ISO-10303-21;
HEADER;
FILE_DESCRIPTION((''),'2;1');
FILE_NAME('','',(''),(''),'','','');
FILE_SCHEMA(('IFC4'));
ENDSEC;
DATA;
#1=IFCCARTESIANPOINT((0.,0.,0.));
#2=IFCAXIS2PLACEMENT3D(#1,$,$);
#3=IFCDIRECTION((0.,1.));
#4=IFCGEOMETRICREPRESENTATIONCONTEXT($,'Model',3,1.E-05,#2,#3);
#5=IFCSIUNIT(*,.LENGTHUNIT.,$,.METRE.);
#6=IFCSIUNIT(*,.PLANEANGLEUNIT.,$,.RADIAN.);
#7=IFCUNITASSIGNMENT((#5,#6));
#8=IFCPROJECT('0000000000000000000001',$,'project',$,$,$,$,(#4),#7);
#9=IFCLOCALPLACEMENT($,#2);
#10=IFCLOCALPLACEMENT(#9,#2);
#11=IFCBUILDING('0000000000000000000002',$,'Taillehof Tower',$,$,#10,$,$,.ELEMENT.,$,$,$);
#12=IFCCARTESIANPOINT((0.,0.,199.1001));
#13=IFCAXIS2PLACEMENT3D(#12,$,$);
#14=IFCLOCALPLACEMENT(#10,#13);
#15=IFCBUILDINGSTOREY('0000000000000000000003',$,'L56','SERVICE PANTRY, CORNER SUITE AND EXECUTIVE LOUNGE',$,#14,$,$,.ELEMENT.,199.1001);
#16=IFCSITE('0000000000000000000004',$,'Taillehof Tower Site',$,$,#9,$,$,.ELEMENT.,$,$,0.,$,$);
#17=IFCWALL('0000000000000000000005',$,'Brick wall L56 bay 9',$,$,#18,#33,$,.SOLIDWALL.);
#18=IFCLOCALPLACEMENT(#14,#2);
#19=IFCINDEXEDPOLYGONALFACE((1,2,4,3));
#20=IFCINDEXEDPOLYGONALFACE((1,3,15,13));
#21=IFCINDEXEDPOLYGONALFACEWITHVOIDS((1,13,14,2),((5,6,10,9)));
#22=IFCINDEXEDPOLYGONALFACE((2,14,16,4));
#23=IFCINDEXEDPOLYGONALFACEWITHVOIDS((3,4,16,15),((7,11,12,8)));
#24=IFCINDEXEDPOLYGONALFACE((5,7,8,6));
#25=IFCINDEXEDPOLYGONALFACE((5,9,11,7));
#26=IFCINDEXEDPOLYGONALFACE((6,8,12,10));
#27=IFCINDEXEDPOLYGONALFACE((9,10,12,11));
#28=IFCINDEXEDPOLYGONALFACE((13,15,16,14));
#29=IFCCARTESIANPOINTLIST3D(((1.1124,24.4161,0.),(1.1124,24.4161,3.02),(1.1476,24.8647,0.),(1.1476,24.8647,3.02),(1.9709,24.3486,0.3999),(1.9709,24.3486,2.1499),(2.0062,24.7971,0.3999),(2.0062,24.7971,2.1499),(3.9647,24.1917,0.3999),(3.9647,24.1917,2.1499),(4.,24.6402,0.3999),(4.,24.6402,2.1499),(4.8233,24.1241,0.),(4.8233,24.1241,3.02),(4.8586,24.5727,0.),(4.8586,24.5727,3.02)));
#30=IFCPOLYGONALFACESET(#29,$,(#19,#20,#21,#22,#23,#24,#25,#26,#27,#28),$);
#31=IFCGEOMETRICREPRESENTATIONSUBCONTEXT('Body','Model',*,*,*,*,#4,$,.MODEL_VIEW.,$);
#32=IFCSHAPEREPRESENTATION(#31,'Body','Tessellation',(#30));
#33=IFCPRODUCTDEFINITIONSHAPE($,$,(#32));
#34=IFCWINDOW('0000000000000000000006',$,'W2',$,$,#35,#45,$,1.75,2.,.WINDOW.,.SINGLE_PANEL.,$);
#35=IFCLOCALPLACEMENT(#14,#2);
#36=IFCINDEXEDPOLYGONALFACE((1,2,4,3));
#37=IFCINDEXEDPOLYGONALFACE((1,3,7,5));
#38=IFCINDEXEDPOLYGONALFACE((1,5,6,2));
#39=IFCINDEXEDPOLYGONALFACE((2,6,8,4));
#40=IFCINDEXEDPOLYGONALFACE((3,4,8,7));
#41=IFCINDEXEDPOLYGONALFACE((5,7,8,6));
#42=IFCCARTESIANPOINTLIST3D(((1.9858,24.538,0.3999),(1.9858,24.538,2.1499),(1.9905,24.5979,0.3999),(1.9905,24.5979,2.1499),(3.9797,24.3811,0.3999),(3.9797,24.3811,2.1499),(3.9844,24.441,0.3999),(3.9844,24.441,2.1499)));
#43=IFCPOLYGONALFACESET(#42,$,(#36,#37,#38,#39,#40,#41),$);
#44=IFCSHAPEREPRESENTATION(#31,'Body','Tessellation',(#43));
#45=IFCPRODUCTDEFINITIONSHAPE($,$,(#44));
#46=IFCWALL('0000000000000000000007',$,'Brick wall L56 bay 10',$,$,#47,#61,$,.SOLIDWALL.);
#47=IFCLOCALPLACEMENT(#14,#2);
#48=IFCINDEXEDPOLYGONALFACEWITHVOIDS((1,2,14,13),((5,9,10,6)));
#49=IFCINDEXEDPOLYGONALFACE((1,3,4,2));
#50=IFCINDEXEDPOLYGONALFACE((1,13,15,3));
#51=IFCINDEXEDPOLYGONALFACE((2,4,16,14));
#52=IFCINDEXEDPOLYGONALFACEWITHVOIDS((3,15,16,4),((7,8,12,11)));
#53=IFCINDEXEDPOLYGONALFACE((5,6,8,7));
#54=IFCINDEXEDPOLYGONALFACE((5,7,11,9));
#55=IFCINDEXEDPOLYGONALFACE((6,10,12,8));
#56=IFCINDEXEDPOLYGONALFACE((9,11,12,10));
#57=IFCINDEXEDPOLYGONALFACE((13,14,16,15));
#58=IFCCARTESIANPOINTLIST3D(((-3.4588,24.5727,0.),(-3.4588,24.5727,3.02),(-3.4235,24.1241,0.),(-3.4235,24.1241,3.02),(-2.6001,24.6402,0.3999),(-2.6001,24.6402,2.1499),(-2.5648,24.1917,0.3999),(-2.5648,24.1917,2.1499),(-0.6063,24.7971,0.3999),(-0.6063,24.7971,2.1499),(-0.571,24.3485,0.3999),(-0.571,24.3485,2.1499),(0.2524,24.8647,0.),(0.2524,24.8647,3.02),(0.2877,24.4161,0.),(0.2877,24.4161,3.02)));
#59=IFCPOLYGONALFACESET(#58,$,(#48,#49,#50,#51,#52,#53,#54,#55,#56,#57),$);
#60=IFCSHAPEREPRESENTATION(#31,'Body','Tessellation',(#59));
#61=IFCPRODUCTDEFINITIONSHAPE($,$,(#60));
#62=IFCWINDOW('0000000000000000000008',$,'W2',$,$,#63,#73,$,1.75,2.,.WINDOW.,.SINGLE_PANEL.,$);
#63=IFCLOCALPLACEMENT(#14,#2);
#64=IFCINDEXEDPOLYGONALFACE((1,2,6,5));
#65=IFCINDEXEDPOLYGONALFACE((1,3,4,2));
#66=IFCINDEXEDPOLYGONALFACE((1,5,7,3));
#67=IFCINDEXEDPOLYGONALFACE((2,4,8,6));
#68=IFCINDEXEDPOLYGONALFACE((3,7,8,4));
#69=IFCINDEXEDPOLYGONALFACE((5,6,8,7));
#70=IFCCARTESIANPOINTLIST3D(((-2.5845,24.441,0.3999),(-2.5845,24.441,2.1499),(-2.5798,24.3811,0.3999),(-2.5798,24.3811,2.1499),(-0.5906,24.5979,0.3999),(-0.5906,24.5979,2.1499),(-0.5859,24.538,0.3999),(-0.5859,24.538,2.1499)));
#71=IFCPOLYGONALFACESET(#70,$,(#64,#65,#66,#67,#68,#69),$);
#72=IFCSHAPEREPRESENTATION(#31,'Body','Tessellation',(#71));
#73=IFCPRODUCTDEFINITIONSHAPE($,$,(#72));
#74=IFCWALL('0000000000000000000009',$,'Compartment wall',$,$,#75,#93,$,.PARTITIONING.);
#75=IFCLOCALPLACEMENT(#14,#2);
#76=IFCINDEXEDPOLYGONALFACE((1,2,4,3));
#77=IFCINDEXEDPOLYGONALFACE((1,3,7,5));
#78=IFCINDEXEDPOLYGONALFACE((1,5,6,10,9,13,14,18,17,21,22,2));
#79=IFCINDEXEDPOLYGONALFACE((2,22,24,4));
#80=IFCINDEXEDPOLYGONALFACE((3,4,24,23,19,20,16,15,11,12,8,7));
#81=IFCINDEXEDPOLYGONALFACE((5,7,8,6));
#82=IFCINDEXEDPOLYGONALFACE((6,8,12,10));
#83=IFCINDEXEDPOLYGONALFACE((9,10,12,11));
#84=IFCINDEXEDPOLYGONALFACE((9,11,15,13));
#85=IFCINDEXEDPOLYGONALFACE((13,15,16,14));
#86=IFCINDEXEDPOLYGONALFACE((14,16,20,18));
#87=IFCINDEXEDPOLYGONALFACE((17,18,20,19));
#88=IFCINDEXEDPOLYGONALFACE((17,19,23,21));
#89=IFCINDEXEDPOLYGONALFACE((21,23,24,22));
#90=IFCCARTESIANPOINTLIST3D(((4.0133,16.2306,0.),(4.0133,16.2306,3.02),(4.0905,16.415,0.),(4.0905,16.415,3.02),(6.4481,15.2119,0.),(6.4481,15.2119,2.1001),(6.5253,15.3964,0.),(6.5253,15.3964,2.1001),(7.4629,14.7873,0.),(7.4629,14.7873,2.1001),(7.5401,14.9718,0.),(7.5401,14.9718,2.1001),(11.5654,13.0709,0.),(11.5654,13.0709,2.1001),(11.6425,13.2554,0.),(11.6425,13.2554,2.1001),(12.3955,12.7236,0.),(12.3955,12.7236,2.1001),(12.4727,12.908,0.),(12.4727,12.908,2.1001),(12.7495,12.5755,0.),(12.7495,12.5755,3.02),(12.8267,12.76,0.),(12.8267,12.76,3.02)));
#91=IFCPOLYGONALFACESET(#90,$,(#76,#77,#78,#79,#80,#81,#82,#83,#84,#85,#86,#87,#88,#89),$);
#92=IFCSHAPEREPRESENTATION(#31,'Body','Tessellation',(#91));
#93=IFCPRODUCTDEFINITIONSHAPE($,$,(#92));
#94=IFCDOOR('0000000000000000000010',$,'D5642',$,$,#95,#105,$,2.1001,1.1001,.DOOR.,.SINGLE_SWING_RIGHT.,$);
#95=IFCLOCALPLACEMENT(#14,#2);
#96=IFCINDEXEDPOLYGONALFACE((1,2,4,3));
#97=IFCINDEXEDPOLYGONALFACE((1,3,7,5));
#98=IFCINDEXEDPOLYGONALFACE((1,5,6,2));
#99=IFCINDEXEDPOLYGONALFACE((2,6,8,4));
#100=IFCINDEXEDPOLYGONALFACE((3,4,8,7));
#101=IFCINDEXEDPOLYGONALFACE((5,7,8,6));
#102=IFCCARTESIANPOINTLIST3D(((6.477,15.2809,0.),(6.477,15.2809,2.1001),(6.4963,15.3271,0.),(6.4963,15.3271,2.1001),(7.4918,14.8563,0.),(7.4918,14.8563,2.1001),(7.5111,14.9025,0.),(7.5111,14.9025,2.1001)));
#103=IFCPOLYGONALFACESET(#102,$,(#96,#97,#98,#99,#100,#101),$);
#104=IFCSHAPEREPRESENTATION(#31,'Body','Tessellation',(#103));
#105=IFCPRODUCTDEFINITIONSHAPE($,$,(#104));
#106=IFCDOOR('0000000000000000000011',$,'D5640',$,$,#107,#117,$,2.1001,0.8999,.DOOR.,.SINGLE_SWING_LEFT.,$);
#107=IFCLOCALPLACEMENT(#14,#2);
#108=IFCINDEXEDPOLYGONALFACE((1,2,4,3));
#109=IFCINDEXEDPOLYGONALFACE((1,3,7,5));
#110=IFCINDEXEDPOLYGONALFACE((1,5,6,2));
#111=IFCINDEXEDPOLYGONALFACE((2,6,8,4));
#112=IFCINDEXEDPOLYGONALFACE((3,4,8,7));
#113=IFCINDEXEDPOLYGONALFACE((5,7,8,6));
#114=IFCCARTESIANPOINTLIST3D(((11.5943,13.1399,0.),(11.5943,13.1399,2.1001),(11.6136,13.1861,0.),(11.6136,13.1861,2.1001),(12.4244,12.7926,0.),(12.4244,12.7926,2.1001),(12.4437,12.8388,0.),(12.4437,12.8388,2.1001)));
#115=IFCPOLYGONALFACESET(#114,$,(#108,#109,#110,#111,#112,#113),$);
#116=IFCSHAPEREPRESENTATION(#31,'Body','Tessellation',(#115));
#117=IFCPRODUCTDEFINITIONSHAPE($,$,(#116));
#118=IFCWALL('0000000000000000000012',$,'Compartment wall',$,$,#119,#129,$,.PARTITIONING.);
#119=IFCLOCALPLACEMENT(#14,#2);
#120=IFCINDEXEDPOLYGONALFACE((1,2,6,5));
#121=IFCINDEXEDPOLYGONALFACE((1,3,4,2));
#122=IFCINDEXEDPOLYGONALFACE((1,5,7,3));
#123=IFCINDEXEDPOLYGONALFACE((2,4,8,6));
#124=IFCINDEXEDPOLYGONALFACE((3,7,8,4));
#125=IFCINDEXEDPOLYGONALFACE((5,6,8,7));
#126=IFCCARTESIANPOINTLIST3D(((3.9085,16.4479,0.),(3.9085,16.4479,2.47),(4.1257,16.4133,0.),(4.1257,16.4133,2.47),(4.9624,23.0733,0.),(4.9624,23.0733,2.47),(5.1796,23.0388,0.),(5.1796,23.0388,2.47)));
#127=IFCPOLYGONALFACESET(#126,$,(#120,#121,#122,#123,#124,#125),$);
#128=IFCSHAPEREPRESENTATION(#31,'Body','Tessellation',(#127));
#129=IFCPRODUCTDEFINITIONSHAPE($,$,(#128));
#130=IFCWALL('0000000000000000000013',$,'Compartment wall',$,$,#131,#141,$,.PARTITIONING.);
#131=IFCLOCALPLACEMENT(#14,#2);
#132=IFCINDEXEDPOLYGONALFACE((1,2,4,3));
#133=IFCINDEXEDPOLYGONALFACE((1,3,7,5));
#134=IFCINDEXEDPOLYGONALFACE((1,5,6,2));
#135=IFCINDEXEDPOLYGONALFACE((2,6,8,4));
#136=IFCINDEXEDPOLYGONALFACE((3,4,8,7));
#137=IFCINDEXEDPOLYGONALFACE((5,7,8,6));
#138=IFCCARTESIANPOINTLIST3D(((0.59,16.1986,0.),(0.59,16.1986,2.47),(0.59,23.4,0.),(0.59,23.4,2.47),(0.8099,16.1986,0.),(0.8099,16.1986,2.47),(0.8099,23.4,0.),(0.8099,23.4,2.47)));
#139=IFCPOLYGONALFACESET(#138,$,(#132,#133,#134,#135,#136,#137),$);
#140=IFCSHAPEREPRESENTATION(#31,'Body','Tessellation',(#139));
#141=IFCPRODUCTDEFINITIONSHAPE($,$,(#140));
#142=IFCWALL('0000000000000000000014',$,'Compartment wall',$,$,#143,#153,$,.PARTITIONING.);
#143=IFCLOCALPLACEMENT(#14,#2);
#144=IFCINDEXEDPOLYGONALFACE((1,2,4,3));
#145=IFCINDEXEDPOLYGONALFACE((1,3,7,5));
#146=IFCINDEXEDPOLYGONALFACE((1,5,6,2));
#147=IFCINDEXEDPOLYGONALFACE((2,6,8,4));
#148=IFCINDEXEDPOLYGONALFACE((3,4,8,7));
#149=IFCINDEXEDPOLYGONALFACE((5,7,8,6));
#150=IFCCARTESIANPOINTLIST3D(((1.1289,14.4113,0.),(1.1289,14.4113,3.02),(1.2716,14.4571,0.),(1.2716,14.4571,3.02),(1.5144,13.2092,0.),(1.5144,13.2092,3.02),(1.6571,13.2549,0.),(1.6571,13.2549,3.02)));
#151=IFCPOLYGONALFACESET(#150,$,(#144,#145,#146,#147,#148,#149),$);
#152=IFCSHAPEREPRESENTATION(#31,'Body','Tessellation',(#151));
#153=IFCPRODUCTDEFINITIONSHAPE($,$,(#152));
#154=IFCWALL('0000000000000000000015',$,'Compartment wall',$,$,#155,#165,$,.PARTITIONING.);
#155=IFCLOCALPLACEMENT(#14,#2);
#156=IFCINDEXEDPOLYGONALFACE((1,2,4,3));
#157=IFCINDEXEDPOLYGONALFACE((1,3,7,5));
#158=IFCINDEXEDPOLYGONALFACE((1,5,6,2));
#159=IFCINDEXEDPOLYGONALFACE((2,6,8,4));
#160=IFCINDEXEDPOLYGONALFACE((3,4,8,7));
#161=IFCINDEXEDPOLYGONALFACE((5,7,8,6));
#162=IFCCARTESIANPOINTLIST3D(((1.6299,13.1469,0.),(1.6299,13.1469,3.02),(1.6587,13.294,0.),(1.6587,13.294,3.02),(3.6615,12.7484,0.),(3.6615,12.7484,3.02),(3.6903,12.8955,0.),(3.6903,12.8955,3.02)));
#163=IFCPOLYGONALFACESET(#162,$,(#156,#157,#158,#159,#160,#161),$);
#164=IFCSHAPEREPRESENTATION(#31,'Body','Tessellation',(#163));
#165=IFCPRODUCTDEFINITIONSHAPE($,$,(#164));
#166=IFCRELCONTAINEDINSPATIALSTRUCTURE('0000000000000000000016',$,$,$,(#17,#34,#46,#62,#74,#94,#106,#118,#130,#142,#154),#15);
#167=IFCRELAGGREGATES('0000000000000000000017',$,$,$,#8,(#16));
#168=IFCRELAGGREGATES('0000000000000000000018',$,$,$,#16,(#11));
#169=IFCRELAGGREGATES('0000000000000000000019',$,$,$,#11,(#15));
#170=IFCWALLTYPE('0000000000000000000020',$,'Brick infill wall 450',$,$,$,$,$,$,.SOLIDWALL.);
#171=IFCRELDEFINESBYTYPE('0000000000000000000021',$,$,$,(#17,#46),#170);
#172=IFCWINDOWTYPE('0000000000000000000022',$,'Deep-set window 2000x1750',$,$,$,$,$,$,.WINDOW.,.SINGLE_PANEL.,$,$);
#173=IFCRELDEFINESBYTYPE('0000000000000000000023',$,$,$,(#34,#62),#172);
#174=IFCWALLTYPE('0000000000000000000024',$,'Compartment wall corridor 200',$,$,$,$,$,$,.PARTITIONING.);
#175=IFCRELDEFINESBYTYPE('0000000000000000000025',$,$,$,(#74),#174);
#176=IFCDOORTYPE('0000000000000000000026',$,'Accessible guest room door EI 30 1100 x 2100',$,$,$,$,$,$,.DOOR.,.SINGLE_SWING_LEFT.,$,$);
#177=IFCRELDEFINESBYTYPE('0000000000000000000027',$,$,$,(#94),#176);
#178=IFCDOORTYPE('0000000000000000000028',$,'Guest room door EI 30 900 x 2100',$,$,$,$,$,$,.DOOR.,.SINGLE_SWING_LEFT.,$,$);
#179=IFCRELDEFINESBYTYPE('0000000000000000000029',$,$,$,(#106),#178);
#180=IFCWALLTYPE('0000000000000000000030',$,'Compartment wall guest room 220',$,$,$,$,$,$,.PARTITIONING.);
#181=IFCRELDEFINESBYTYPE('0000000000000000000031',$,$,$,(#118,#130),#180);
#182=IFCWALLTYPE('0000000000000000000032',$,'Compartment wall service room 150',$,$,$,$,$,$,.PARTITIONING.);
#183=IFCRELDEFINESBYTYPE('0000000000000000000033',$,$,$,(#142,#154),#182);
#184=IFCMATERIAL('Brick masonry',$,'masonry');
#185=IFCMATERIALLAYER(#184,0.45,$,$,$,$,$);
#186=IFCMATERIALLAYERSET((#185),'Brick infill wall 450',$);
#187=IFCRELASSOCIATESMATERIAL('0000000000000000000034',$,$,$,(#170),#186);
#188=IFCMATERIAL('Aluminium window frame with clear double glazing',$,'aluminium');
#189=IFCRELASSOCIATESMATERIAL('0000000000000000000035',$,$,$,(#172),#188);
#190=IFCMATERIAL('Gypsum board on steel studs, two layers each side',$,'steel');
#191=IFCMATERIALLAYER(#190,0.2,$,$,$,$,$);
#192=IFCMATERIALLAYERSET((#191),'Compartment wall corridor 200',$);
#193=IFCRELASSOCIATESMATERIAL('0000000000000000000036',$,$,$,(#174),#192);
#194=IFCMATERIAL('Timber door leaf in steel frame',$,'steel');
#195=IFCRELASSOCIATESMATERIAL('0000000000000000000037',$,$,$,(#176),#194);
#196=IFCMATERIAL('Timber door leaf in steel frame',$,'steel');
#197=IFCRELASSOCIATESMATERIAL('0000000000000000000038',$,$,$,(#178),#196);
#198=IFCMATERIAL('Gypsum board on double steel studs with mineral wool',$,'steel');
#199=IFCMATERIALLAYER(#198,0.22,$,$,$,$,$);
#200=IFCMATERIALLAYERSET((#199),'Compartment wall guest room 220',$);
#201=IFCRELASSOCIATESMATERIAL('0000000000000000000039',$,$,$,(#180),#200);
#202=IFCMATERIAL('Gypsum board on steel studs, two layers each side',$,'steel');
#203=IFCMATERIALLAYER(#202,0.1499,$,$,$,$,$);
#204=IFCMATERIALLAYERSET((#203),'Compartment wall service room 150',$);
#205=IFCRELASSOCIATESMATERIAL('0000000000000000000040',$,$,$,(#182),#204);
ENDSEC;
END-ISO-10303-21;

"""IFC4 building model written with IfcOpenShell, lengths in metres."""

from ifc_helpers import new_model, si_unit, direction, frame, frame_2d, origin, place, context, subcontext, project, spatial, rectangle, extrude, material, layer, layer_set, type_object, element, fill, save


model = new_model("IFC4")

# Units and contexts
model_context = context("Model", 3, precision=1e-05, world=origin(), true_north=direction((0.0, 1.0)))
body_context = subcontext(model_context, "Body", "Model", "MODEL_VIEW")
ifc_project = project(units=[si_unit("LENGTHUNIT", "METRE"), si_unit("PLANEANGLEUNIT", "RADIAN")], contexts=[model_context])

# Site, building, storey
site_placement = place(None, origin())
site = spatial("IfcSite", under=ifc_project, at=site_placement, Name="Taillehof Tower Site", CompositionType="ELEMENT", RefElevation=0.0)
building_placement = place(site_placement, origin())
building = spatial("IfcBuilding", under=site, at=building_placement, Name="Taillehof Tower", CompositionType="ELEMENT")
storey_placement = place(building_placement, frame((0.0, 0.0, 199.1001)))
storey = spatial("IfcBuildingStorey", under=building, at=storey_placement, Name="L56", Description="SERVICE PANTRY, CORNER SUITE AND EXECUTIVE LOUNGE", CompositionType="ELEMENT", Elevation=199.1001)

# Walls, openings, windows
ifc_material_1 = material(Name="Brick masonry", Category="masonry")
ifc_layer_1 = layer(ifc_material_1, 0.45)
ifc_layer_set_1 = layer_set([ifc_layer_1], Name="Brick infill wall 450")
wall_type_1 = type_object("IfcWallType", Name="Brick infill wall 450", PredefinedType="SOLIDWALL", material=ifc_layer_set_1)
ifc_material_2 = material(Name="Aluminium window frame with clear double glazing", Category="aluminium")
window_type = type_object("IfcWindowType", Name="Deep-set window 2000x1750", PartitioningType="SINGLE_PANEL", PredefinedType="WINDOW", material=ifc_material_2)
wall_1_placement = place(storey_placement, frame((4.8411, 24.3484, 0.0), z_axis=(0.0, 0.0, 1.0), x_axis=(-0.996919, 0.078442, 0.0)))
wall_1 = element("IfcWall", 1, at=wall_1_placement, inside=storey, type_object=wall_type_1, Name="Brick wall L56 bay 9", PredefinedType="SOLIDWALL", context=body_context, shape_type="SweptSolid", body=[
    extrude(rectangle(XDim=3.7224, YDim=0.45, at=frame_2d((1.8613, 0.0))), origin(), (0.0, 0.0, 1.0), 3.02),
])
opening_1_placement = place(wall_1_placement, frame((0.8613, 0.0, 0.3999)))
opening_1 = element("IfcOpeningElement", 2, at=opening_1_placement, cuts=wall_1, PredefinedType="OPENING", context=body_context, shape_type="SweptSolid", body=[
    extrude(rectangle(XDim=2.0, YDim=1.75, at=frame_2d((1.0, 0.875))), frame((0.0, 0.2349, 0.0), z_axis=(0.0, -1.0, 0.0), x_axis=(1.0, 0.0, 0.0)), (0.0, 0.0, 1.0), 0.47),
])
window_1_placement = place(opening_1_placement, origin())
window_1 = element("IfcWindow", 3, at=window_1_placement, inside=storey, type_object=window_type, Name="W2", OverallHeight=1.75, OverallWidth=2.0, PartitioningType="SINGLE_PANEL", PredefinedType="WINDOW", context=body_context, shape_type="SweptSolid", body=[
    extrude(rectangle(XDim=2.0, YDim=1.75, at=frame_2d((1.0, 0.875))), frame((0.0, 0.0349, 0.0), z_axis=(0.0, -1.0, 0.0), x_axis=(1.0, 0.0, 0.0)), (0.0, 0.0, 1.0), 0.0601),
])
fill(opening_1, window_1)
wall_2_placement = place(storey_placement, frame((0.27, 24.6404, 0.0), z_axis=(0.0, 0.0, 1.0), x_axis=(-0.996919, -0.078437, 0.0)))
wall_2 = element("IfcWall", 4, at=wall_2_placement, inside=storey, type_object=wall_type_1, Name="Brick wall L56 bay 10", PredefinedType="SOLIDWALL", context=body_context, shape_type="SweptSolid", body=[
    extrude(rectangle(XDim=3.7227, YDim=0.45, at=frame_2d((1.8613, 0.0))), origin(), (0.0, 0.0, 1.0), 3.02),
])
opening_2_placement = place(wall_2_placement, frame((0.8613, 0.0, 0.3999)))
opening_2 = element("IfcOpeningElement", 5, at=opening_2_placement, cuts=wall_2, PredefinedType="OPENING", context=body_context, shape_type="SweptSolid", body=[
    extrude(rectangle(XDim=2.0, YDim=1.75, at=frame_2d((1.0, 0.875))), frame((0.0, 0.2349, 0.0), z_axis=(0.0, -1.0, 0.0), x_axis=(1.0, 0.0, 0.0)), (0.0, 0.0, 1.0), 0.47),
])
window_2_placement = place(opening_2_placement, origin())
window_2 = element("IfcWindow", 6, at=window_2_placement, inside=storey, type_object=window_type, Name="W2", OverallHeight=1.75, OverallWidth=2.0, PartitioningType="SINGLE_PANEL", PredefinedType="WINDOW", context=body_context, shape_type="SweptSolid", body=[
    extrude(rectangle(XDim=2.0, YDim=1.75, at=frame_2d((1.0, 0.875))), frame((0.0, 0.0349, 0.0), z_axis=(0.0, -1.0, 0.0), x_axis=(1.0, 0.0, 0.0)), (0.0, 0.0, 1.0), 0.0601),
])
fill(opening_2, window_2)

# Wall, openings, doors
ifc_material_3 = material(Name="Gypsum board on steel studs, two layers each side", Category="steel")
ifc_layer_2 = layer(ifc_material_3, 0.2)
ifc_layer_set_2 = layer_set([ifc_layer_2], Name="Compartment wall corridor 200")
wall_type_2 = type_object("IfcWallType", Name="Compartment wall corridor 200", PredefinedType="PARTITIONING", material=ifc_layer_set_2)
wall_3_placement = place(storey_placement, frame((4.052, 16.3228, 0.0), z_axis=(0.0, 0.0, 1.0), x_axis=(0.922514, -0.385964, 0.0)))
wall_3 = element("IfcWall", 7, at=wall_3_placement, inside=storey, type_object=wall_type_2, Name="Compartment wall", PredefinedType="PARTITIONING", context=body_context, shape_type="SweptSolid", body=[
    extrude(rectangle(XDim=9.47, YDim=0.2, at=frame_2d((4.7349, 0.0))), origin(), (0.0, 0.0, 1.0), 3.02),
])
opening_3_placement = place(wall_3_placement, frame((8.1863, 0.0, 0.0)))
opening_3 = element("IfcOpeningElement", 8, at=opening_3_placement, cuts=wall_3, PredefinedType="OPENING", context=body_context, shape_type="SweptSolid", body=[
    extrude(rectangle(XDim=0.8999, YDim=2.1001, at=frame_2d((0.45, 1.05))), frame((0.0, 0.1099, 0.0), z_axis=(0.0, -1.0, 0.0), x_axis=(1.0, 0.0, 0.0)), (0.0, 0.0, 1.0), 0.22),
])
opening_4_placement = place(wall_3_placement, frame((2.6392, 0.0, 0.0)))
opening_4 = element("IfcOpeningElement", 9, at=opening_4_placement, cuts=wall_3, PredefinedType="OPENING", context=body_context, shape_type="SweptSolid", body=[
    extrude(rectangle(XDim=1.1001, YDim=2.1001, at=frame_2d((0.55, 1.05))), frame((0.0, 0.1099, 0.0), z_axis=(0.0, -1.0, 0.0), x_axis=(1.0, 0.0, 0.0)), (0.0, 0.0, 1.0), 0.22),
])
ifc_material_4 = material(Name="Timber door leaf in steel frame", Category="steel")
door_type_1 = type_object("IfcDoorType", Name="Accessible guest room door EI 30 1100 x 2100", OperationType="SINGLE_SWING_LEFT", PredefinedType="DOOR", material=ifc_material_4)
door_1_placement = place(opening_4_placement, origin())
door_1 = element("IfcDoor", 10, at=door_1_placement, inside=storey, type_object=door_type_1, Name="D5642", OperationType="SINGLE_SWING_RIGHT", OverallHeight=2.1001, OverallWidth=1.1001, PredefinedType="DOOR", context=body_context, shape_type="SweptSolid", body=[
    extrude(rectangle(XDim=1.1001, YDim=2.1001, at=frame_2d((0.55, 1.05))), frame((0.0, 0.0249, 0.0), z_axis=(0.0, -1.0, 0.0), x_axis=(1.0, 0.0, 0.0)), (0.0, 0.0, 1.0), 0.05),
])
fill(opening_4, door_1)
ifc_material_5 = material(Name="Timber door leaf in steel frame", Category="steel")
door_type_2 = type_object("IfcDoorType", Name="Guest room door EI 30 900 x 2100", OperationType="SINGLE_SWING_LEFT", PredefinedType="DOOR", material=ifc_material_5)
door_2_placement = place(opening_3_placement, origin())
door_2 = element("IfcDoor", 11, at=door_2_placement, inside=storey, type_object=door_type_2, Name="D5640", OperationType="SINGLE_SWING_LEFT", OverallHeight=2.1001, OverallWidth=0.8999, PredefinedType="DOOR", context=body_context, shape_type="SweptSolid", body=[
    extrude(rectangle(XDim=0.8999, YDim=2.1001, at=frame_2d((0.45, 1.05))), frame((0.0, 0.0249, 0.0), z_axis=(0.0, -1.0, 0.0), x_axis=(1.0, 0.0, 0.0)), (0.0, 0.0, 1.0), 0.05),
])
fill(opening_3, door_2)

# Walls
ifc_material_6 = material(Name="Gypsum board on double steel studs with mineral wool", Category="steel")
ifc_layer_3 = layer(ifc_material_6, 0.22)
ifc_layer_set_3 = layer_set([ifc_layer_3], Name="Compartment wall guest room 220")
wall_type_3 = type_object("IfcWallType", Name="Compartment wall guest room 220", PredefinedType="PARTITIONING", material=ifc_layer_set_3)
wall_4_placement = place(storey_placement, frame((5.071, 23.0562, 0.0), z_axis=(0.0, 0.0, 1.0), x_axis=(-0.157101, -0.987583, 0.0)))
element("IfcWall", 12, at=wall_4_placement, inside=storey, type_object=wall_type_3, Name="Compartment wall", PredefinedType="PARTITIONING", context=body_context, shape_type="SweptSolid", body=[
    extrude(rectangle(XDim=6.7087, YDim=0.22, at=frame_2d((3.3545, 0.0))), origin(), (0.0, 0.0, 1.0), 2.47),
])
wall_5_placement = place(storey_placement, frame((0.7, 23.3999, 0.0), z_axis=(0.0, 0.0, 1.0), x_axis=(0.0, -1.0, 0.0)))
element("IfcWall", 13, at=wall_5_placement, inside=storey, type_object=wall_type_3, Name="Compartment wall", PredefinedType="PARTITIONING", context=body_context, shape_type="SweptSolid", body=[
    extrude(rectangle(XDim=7.2014, YDim=0.22, at=frame_2d((3.6006, 0.0))), origin(), (0.0, 0.0, 1.0), 2.47),
])
ifc_material_7 = material(Name="Gypsum board on steel studs, two layers each side", Category="steel")
ifc_layer_4 = layer(ifc_material_7, 0.1499)
ifc_layer_set_4 = layer_set([ifc_layer_4], Name="Compartment wall service room 150")
wall_type_4 = type_object("IfcWallType", Name="Compartment wall service room 150", PredefinedType="PARTITIONING", material=ifc_layer_set_4)
wall_6_placement = place(storey_placement, frame((1.2002, 14.4343, 0.0), z_axis=(0.0, 0.0, 1.0), x_axis=(0.305358, -0.952238, 0.0)))
element("IfcWall", 14, at=wall_6_placement, inside=storey, type_object=wall_type_4, Name="Compartment wall", PredefinedType="PARTITIONING", context=body_context, shape_type="SweptSolid", body=[
    extrude(rectangle(XDim=1.2625, YDim=0.1499, at=frame_2d((0.6313, 0.0))), origin(), (0.0, 0.0, 1.0), 3.02),
])
wall_7_placement = place(storey_placement, frame((1.6443, 13.2205, 0.0), z_axis=(0.0, 0.0, 1.0), x_axis=(0.981304, -0.192463, 0.0)))
element("IfcWall", 15, at=wall_7_placement, inside=storey, type_object=wall_type_4, Name="Compartment wall", PredefinedType="PARTITIONING", context=body_context, shape_type="SweptSolid", body=[
    extrude(rectangle(XDim=2.0703, YDim=0.1499, at=frame_2d((1.0352, 0.0))), origin(), (0.0, 0.0, 1.0), 3.02),
])

save(model, "model.ifc")
